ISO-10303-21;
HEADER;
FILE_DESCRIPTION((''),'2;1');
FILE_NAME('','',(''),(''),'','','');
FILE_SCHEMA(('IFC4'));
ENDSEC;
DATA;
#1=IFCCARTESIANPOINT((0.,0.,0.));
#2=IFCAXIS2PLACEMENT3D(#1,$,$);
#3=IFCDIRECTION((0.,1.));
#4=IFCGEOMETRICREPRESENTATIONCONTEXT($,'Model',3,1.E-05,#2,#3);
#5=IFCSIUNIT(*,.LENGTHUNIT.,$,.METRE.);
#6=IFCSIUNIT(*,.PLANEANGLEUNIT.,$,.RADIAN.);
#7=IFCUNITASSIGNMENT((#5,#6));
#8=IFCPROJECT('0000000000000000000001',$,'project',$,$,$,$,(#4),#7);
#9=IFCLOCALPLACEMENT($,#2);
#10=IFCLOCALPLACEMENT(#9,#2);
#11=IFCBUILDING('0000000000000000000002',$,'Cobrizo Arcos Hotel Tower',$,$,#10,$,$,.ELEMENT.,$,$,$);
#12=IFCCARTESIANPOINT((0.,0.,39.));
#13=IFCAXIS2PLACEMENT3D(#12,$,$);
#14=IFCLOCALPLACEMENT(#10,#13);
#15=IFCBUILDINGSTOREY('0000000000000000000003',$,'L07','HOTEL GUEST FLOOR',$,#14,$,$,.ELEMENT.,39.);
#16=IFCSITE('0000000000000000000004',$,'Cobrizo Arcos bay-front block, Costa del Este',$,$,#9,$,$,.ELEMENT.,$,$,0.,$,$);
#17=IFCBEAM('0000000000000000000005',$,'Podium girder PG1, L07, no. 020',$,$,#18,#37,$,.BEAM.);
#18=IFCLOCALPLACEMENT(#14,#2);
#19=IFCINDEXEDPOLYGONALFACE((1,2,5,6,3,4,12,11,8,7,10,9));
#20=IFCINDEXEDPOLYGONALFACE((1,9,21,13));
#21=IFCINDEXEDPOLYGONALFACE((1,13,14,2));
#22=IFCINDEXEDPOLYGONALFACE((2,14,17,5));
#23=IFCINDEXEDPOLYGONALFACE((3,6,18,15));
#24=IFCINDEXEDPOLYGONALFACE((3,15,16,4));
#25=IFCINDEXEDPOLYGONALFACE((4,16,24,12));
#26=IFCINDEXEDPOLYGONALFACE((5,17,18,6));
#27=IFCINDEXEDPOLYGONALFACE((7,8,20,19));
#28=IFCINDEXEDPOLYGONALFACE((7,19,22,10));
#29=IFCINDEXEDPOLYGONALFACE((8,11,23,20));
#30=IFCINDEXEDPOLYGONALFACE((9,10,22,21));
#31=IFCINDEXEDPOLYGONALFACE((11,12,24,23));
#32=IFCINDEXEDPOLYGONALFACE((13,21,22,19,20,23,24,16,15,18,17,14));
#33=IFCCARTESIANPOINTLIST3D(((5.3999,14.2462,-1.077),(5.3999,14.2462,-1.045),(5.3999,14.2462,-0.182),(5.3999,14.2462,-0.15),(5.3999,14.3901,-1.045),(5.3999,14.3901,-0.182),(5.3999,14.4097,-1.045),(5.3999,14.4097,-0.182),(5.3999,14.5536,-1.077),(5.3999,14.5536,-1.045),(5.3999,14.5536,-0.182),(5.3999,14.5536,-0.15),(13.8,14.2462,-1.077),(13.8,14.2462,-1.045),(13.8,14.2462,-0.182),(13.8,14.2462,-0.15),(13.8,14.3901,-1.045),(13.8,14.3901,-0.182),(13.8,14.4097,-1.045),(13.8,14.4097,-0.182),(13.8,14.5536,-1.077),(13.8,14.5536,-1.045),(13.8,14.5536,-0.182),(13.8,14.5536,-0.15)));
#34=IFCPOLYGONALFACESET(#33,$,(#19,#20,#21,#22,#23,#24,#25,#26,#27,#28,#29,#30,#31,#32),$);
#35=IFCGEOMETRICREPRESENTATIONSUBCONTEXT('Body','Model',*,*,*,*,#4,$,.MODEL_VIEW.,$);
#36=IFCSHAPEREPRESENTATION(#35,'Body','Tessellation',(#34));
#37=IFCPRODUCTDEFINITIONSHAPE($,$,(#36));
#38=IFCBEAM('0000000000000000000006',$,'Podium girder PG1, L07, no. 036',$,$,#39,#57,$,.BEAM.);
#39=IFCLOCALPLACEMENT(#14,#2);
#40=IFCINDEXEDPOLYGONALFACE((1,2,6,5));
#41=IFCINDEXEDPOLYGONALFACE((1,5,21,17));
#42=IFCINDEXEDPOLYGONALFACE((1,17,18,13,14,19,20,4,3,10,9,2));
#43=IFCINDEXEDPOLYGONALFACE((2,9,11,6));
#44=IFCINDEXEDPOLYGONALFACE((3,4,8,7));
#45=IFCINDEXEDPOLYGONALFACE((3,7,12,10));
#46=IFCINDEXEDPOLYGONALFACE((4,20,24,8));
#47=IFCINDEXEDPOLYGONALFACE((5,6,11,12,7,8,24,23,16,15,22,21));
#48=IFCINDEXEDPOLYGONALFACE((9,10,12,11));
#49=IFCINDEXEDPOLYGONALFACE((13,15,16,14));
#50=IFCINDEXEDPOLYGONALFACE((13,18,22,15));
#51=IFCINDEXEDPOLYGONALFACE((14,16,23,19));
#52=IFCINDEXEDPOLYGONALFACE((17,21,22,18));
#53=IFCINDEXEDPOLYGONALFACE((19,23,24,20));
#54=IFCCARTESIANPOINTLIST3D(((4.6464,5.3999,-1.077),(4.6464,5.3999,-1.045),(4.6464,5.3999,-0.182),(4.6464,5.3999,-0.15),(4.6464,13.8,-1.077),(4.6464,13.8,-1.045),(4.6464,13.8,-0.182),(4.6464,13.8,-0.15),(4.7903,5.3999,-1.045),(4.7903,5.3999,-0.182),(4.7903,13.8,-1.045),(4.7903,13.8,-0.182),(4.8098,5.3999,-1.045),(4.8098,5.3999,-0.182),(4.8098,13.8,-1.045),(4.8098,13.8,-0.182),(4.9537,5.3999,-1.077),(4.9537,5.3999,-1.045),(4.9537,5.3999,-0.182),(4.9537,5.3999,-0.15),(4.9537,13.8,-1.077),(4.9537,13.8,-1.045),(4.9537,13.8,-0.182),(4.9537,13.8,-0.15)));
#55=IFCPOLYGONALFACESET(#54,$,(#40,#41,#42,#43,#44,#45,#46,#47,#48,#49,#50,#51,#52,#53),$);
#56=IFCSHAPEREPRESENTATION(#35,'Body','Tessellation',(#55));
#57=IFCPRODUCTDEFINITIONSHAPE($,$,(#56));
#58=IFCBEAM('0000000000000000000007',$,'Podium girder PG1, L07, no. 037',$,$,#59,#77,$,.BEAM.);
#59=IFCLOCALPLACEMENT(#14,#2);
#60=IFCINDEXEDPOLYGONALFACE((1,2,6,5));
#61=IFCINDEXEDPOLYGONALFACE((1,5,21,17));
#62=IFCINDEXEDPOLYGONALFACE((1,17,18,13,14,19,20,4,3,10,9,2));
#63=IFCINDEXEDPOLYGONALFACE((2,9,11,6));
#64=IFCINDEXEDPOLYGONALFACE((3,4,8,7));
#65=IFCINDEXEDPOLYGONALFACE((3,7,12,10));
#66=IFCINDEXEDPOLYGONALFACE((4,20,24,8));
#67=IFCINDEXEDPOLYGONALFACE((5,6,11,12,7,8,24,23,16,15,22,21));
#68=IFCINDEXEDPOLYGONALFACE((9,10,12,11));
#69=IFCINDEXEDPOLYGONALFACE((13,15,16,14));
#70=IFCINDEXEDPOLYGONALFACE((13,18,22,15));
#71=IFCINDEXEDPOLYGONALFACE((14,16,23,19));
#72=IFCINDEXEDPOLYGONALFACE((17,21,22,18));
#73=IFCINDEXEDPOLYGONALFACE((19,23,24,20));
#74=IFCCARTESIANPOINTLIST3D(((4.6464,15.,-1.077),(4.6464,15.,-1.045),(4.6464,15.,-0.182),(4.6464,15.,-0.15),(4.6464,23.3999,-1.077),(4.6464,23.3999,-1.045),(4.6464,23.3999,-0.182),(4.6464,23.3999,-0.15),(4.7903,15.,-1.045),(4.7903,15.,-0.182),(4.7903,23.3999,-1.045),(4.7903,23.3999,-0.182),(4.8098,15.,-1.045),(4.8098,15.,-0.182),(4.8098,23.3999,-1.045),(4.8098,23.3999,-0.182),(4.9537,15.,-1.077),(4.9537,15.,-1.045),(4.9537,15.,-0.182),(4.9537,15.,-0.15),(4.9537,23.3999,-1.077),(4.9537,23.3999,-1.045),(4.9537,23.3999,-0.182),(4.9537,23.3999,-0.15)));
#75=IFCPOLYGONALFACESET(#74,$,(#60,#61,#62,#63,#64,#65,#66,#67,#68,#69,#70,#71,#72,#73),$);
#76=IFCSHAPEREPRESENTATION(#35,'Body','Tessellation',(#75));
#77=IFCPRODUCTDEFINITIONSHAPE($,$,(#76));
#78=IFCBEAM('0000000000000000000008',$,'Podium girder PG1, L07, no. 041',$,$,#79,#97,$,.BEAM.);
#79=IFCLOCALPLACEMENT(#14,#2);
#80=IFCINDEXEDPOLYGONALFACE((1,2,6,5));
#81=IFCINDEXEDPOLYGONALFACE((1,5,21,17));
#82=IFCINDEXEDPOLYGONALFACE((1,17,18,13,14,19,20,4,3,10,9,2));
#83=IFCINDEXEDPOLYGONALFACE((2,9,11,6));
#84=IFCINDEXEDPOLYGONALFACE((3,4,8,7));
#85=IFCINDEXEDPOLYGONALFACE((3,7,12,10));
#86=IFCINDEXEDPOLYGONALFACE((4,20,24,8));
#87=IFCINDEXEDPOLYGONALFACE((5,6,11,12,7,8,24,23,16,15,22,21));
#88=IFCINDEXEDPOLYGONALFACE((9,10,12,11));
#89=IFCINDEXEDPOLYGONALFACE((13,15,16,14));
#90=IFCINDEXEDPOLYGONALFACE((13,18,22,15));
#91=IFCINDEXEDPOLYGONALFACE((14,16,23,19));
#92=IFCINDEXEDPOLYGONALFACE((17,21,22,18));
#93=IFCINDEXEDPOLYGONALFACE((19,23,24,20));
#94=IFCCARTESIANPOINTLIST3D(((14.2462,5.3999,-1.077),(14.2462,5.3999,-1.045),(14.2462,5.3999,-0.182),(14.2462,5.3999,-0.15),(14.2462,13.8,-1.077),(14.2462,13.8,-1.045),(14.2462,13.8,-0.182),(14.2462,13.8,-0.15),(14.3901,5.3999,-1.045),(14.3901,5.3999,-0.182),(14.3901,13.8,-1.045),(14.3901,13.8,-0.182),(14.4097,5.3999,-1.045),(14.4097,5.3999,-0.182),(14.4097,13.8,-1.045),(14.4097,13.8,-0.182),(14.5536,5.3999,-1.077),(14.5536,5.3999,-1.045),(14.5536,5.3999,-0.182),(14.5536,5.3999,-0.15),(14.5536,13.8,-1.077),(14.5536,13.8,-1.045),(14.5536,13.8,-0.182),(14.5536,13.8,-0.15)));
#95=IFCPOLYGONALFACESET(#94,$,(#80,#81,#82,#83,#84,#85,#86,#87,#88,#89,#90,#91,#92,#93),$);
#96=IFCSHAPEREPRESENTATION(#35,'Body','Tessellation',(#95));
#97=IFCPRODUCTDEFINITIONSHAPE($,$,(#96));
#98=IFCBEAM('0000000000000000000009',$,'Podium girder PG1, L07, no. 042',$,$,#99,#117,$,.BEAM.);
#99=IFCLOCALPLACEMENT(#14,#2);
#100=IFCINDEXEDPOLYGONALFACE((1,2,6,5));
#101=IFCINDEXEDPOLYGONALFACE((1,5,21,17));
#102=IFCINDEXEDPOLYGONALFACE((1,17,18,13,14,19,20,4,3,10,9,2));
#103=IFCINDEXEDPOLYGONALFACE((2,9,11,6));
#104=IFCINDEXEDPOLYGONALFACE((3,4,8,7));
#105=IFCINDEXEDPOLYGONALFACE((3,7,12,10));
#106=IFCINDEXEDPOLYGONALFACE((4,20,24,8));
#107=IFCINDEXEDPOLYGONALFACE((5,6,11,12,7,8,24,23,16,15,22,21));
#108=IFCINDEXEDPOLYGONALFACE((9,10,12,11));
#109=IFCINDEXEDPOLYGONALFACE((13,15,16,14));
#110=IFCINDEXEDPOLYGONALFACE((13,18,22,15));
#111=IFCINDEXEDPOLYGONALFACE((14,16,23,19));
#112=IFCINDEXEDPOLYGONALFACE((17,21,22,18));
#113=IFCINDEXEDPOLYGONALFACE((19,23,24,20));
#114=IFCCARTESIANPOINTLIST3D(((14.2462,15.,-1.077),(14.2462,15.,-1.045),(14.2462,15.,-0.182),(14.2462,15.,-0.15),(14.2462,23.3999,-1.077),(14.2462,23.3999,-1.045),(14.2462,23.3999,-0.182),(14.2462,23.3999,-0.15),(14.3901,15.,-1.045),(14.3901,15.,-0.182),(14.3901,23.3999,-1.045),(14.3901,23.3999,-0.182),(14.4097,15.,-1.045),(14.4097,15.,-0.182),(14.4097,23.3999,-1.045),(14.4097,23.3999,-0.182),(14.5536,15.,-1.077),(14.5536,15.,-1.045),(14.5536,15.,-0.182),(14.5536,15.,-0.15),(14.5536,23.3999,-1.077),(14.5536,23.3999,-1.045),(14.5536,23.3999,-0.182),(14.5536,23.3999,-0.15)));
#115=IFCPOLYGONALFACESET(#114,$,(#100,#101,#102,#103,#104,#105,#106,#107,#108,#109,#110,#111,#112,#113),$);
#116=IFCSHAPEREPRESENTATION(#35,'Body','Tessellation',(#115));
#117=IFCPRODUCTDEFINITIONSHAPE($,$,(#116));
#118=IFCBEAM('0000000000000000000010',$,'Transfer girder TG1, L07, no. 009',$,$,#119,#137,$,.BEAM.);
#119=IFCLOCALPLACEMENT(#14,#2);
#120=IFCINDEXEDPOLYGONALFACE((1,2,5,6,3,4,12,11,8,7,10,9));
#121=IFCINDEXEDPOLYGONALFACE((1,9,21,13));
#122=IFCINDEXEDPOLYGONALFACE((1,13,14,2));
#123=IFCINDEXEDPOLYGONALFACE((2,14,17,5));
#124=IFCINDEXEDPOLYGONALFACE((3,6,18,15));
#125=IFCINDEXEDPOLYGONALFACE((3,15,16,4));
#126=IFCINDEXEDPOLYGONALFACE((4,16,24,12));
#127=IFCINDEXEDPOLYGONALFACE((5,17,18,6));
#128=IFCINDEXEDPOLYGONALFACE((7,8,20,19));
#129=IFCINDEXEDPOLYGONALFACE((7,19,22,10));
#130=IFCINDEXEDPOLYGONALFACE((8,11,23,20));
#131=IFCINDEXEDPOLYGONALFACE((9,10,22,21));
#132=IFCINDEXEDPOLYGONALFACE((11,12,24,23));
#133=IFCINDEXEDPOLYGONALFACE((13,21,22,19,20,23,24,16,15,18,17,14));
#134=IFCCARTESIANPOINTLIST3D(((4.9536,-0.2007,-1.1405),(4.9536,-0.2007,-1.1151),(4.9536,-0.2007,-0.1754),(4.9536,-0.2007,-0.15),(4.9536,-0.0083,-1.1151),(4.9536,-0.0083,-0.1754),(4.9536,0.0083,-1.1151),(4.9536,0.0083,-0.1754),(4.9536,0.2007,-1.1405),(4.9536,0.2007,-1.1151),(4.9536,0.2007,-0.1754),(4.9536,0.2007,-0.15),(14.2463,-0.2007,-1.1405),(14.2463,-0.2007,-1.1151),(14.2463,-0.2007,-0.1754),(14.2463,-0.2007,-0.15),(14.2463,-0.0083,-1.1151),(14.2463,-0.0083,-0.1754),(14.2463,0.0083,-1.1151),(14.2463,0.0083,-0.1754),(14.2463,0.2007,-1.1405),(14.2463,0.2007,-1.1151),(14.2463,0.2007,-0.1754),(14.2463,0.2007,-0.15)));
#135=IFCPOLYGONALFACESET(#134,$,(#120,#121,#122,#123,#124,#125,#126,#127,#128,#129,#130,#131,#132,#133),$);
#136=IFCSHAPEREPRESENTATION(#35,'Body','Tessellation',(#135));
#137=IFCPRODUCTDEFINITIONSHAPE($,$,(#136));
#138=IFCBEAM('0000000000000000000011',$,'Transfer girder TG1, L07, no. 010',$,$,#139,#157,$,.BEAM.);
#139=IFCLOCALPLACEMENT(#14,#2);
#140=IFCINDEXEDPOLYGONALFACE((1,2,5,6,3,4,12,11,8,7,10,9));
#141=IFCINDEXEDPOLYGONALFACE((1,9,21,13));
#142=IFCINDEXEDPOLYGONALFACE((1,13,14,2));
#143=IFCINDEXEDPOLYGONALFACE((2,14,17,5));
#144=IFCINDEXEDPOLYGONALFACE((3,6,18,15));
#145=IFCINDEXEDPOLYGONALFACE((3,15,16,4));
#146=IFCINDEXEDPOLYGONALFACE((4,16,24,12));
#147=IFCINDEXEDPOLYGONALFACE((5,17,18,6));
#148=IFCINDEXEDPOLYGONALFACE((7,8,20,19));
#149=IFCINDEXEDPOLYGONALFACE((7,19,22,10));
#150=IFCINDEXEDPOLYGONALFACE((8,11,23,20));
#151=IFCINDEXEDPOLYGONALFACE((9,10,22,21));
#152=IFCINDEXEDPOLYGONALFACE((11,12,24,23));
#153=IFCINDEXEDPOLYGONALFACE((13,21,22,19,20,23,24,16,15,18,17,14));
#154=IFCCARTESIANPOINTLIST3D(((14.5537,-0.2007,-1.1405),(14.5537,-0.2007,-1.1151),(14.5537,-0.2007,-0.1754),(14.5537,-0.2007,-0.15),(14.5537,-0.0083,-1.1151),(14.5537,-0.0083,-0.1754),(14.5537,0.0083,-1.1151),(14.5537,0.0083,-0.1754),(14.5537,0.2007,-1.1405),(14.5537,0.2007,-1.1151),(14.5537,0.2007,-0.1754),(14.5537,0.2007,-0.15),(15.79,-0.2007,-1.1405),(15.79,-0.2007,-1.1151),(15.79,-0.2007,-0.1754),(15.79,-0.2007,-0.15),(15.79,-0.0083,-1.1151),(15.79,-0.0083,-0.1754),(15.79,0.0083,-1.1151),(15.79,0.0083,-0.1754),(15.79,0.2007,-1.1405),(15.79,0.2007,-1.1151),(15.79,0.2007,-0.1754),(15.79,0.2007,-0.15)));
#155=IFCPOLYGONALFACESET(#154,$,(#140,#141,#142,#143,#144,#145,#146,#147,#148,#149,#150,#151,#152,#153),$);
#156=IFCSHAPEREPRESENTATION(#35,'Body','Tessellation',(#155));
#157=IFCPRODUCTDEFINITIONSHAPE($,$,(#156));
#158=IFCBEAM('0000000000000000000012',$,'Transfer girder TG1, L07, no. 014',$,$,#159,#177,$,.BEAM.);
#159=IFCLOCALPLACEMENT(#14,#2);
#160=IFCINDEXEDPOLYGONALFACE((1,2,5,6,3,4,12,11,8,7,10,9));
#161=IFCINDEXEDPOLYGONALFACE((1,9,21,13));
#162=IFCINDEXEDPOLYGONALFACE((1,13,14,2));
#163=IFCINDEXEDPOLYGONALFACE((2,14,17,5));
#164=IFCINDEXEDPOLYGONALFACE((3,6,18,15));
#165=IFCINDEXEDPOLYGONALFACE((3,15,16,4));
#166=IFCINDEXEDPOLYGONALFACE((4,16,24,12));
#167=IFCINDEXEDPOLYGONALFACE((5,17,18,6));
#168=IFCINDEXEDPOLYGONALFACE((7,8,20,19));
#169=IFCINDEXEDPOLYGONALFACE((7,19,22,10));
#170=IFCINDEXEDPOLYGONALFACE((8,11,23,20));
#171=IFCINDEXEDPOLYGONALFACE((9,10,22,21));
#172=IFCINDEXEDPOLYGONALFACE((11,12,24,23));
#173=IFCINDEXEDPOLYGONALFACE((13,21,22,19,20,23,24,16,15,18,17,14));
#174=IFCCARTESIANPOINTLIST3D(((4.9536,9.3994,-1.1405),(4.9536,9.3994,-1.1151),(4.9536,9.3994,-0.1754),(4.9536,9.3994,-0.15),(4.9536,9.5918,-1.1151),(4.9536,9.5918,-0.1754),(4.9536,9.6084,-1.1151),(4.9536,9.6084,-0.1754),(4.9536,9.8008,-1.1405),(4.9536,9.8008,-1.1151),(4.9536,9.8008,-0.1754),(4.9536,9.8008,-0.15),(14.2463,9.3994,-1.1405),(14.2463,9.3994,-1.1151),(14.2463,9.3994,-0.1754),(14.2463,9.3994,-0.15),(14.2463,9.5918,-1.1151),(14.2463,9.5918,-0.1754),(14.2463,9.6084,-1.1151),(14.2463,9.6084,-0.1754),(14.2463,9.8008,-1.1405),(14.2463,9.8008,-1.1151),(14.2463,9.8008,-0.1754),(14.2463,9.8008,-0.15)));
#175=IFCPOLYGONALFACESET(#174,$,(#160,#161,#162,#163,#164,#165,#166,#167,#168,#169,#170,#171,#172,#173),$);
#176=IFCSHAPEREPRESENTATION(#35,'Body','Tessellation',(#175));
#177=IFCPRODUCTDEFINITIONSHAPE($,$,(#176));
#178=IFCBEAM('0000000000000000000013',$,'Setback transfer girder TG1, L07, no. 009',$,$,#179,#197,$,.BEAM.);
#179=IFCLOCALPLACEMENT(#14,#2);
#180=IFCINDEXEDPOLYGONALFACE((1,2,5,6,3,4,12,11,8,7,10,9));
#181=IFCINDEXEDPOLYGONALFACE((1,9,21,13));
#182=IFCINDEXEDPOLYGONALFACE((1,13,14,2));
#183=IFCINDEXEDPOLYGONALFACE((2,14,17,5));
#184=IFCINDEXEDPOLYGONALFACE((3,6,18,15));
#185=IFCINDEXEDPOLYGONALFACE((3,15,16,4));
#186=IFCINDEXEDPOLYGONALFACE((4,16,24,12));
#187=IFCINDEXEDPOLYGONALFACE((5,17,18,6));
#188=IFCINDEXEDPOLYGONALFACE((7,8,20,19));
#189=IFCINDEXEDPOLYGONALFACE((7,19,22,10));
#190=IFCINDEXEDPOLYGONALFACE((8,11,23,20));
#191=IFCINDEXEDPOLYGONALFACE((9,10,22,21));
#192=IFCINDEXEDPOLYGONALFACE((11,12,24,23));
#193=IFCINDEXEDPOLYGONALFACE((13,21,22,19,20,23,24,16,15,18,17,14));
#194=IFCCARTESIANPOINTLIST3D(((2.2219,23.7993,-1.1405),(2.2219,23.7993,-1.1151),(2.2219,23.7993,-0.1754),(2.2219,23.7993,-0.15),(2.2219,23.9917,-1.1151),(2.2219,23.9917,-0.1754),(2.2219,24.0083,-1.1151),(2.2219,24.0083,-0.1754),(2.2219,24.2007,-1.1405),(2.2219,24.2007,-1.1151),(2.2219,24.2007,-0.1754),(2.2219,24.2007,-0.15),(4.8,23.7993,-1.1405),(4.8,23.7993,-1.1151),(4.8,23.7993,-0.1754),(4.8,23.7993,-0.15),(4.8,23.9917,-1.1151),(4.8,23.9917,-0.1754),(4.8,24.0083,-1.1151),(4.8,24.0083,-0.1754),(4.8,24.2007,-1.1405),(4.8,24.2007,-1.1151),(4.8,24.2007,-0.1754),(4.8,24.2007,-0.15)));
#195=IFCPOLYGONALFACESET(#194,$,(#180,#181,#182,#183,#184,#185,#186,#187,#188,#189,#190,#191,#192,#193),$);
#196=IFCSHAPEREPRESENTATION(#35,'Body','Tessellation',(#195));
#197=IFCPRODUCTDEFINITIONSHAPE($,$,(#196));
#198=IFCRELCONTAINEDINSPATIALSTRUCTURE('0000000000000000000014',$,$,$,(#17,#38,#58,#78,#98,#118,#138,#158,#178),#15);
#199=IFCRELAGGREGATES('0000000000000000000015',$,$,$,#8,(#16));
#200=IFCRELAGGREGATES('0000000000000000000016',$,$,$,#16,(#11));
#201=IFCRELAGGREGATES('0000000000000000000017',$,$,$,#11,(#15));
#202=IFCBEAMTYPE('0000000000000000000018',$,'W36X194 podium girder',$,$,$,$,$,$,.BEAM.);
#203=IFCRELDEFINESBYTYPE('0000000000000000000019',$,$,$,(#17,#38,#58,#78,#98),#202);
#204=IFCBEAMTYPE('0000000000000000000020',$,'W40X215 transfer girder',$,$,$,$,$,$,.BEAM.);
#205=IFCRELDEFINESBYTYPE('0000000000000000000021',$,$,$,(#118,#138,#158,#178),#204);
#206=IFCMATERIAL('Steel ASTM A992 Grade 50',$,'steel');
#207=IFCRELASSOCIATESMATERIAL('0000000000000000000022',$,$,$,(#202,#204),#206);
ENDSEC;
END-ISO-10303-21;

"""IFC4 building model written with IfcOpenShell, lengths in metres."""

from ifc_helpers import new_model, si_unit, direction, frame, origin, origin_2d, place, context, subcontext, project, spatial, i_section, extrude, material, material_profile, profile_set, type_object, element, save


model = new_model("IFC4")

# Units and contexts
model_context = context("Model", 3, precision=1e-05, world=origin(), true_north=direction((0.0, 1.0)))
body_context = subcontext(model_context, "Body", "Model", "MODEL_VIEW")
ifc_project = project(units=[si_unit("LENGTHUNIT", "METRE"), si_unit("PLANEANGLEUNIT", "RADIAN")], contexts=[model_context])

# Site, building, storey
site_placement = place(None, origin())
site = spatial("IfcSite", under=ifc_project, at=site_placement, Name="Cobrizo Arcos bay-front block, Costa del Este", CompositionType="ELEMENT", RefElevation=0.0)
building_placement = place(site_placement, origin())
building = spatial("IfcBuilding", under=site, at=building_placement, Name="Cobrizo Arcos Hotel Tower", CompositionType="ELEMENT")
storey_placement = place(building_placement, frame((0.0, 0.0, 39.0)))
storey = spatial("IfcBuildingStorey", under=building, at=storey_placement, Name="L07", Description="HOTEL GUEST FLOOR", CompositionType="ELEMENT", Elevation=39.0)

# Shared definitions
ifc_material_1 = material(Name="Steel ASTM A992 Grade 50", Category="steel")

# Beams
ifc_material_profile_1 = material_profile(ifc_material_1, i_section(OverallWidth=0.3074, OverallDepth=0.927, WebThickness=0.0195, FlangeThickness=0.032, at=origin_2d()), Name="W36X194")
ifc_profile_set_1 = profile_set([ifc_material_profile_1], Name="Steel ASTM A992 Grade 50")
beam_type_1 = type_object("IfcBeamType", Name="W36X194 podium girder", PredefinedType="BEAM", material=ifc_profile_set_1)
for number, where, z_axis, x_axis, name in (
    (1, (5.3999, 14.3999, -0.6135), (1.0, 0.0, 0.0), (0.0, 1.0, 0.0), "Podium girder PG1, L07, no. 020"),
    (2, (4.8, 5.3999, -0.6135), (0.0, 1.0, 0.0), (-1.0, 0.0, 0.0), "Podium girder PG1, L07, no. 036"),
):
    element("IfcBeam", number, at=place(storey_placement, frame(where, z_axis=z_axis, x_axis=x_axis)), inside=storey, type_object=beam_type_1, Name=name, PredefinedType="BEAM", context=body_context, shape_type="SweptSolid", body=[
        extrude(i_section(OverallWidth=0.3074, OverallDepth=0.927, WebThickness=0.0195, FlangeThickness=0.032, at=origin_2d()), origin(), (0.0, 0.0, 1.0), 8.4001),
    ])
beam_1_placement = place(storey_placement, frame((4.8, 15.0, -0.6135), z_axis=(0.0, 1.0, 0.0), x_axis=(-1.0, 0.0, 0.0)))
element("IfcBeam", 3, at=beam_1_placement, inside=storey, type_object=beam_type_1, Name="Podium girder PG1, L07, no. 037", PredefinedType="BEAM", context=body_context, shape_type="SweptSolid", body=[
    extrude(i_section(OverallWidth=0.3074, OverallDepth=0.927, WebThickness=0.0195, FlangeThickness=0.032, at=origin_2d()), origin(), (0.0, 0.0, 1.0), 8.3999),
])
beam_2_placement = place(storey_placement, frame((14.3999, 5.3999, -0.6135), z_axis=(0.0, 1.0, 0.0), x_axis=(-1.0, 0.0, 0.0)))
element("IfcBeam", 4, at=beam_2_placement, inside=storey, type_object=beam_type_1, Name="Podium girder PG1, L07, no. 041", PredefinedType="BEAM", context=body_context, shape_type="SweptSolid", body=[
    extrude(i_section(OverallWidth=0.3074, OverallDepth=0.927, WebThickness=0.0195, FlangeThickness=0.032, at=origin_2d()), origin(), (0.0, 0.0, 1.0), 8.4001),
])
beam_3_placement = place(storey_placement, frame((14.3999, 15.0, -0.6135), z_axis=(0.0, 1.0, 0.0), x_axis=(-1.0, 0.0, 0.0)))
element("IfcBeam", 5, at=beam_3_placement, inside=storey, type_object=beam_type_1, Name="Podium girder PG1, L07, no. 042", PredefinedType="BEAM", context=body_context, shape_type="SweptSolid", body=[
    extrude(i_section(OverallWidth=0.3074, OverallDepth=0.927, WebThickness=0.0195, FlangeThickness=0.032, at=origin_2d()), origin(), (0.0, 0.0, 1.0), 8.3999),
])
ifc_material_profile_2 = material_profile(ifc_material_1, i_section(OverallWidth=0.4014, OverallDepth=0.9905, WebThickness=0.0166, FlangeThickness=0.0254, at=origin_2d()), Name="W40X215")
ifc_profile_set_2 = profile_set([ifc_material_profile_2], Name="Steel ASTM A992 Grade 50")
beam_type_2 = type_object("IfcBeamType", Name="W40X215 transfer girder", PredefinedType="BEAM", material=ifc_profile_set_2)
beam_4_placement = place(storey_placement, frame((4.9536, 0.0, -0.6453), z_axis=(1.0, 0.0, 0.0), x_axis=(0.0, 1.0, 0.0)))
element("IfcBeam", 6, at=beam_4_placement, inside=storey, type_object=beam_type_2, Name="Transfer girder TG1, L07, no. 009", PredefinedType="BEAM", context=body_context, shape_type="SweptSolid", body=[
    extrude(i_section(OverallWidth=0.4014, OverallDepth=0.9905, WebThickness=0.0166, FlangeThickness=0.0254, at=origin_2d()), origin(), (0.0, 0.0, 1.0), 9.2927),
])
beam_5_placement = place(storey_placement, frame((14.5537, 0.0, -0.6453), z_axis=(1.0, 0.0, 0.0), x_axis=(0.0, 1.0, 0.0)))
element("IfcBeam", 7, at=beam_5_placement, inside=storey, type_object=beam_type_2, Name="Transfer girder TG1, L07, no. 010", PredefinedType="BEAM", context=body_context, shape_type="SweptSolid", body=[
    extrude(i_section(OverallWidth=0.4014, OverallDepth=0.9905, WebThickness=0.0166, FlangeThickness=0.0254, at=origin_2d()), origin(), (0.0, 0.0, 1.0), 1.2363),
])
beam_6_placement = place(storey_placement, frame((4.9536, 9.6001, -0.6453), z_axis=(1.0, 0.0, 0.0), x_axis=(0.0, 1.0, 0.0)))
element("IfcBeam", 8, at=beam_6_placement, inside=storey, type_object=beam_type_2, Name="Transfer girder TG1, L07, no. 014", PredefinedType="BEAM", context=body_context, shape_type="SweptSolid", body=[
    extrude(i_section(OverallWidth=0.4014, OverallDepth=0.9905, WebThickness=0.0166, FlangeThickness=0.0254, at=origin_2d()), origin(), (0.0, 0.0, 1.0), 9.2927),
])
beam_7_placement = place(storey_placement, frame((4.8, 24.0, -0.6453), z_axis=(-1.0, 0.0, 0.0), x_axis=(0.0, -1.0, 0.0)))
element("IfcBeam", 9, at=beam_7_placement, inside=storey, type_object=beam_type_2, Name="Setback transfer girder TG1, L07, no. 009", PredefinedType="BEAM", context=body_context, shape_type="SweptSolid", body=[
    extrude(i_section(OverallWidth=0.4014, OverallDepth=0.9905, WebThickness=0.0166, FlangeThickness=0.0254, at=origin_2d()), origin(), (0.0, 0.0, 1.0), 2.5781),
])

save(model, "model.ifc")
